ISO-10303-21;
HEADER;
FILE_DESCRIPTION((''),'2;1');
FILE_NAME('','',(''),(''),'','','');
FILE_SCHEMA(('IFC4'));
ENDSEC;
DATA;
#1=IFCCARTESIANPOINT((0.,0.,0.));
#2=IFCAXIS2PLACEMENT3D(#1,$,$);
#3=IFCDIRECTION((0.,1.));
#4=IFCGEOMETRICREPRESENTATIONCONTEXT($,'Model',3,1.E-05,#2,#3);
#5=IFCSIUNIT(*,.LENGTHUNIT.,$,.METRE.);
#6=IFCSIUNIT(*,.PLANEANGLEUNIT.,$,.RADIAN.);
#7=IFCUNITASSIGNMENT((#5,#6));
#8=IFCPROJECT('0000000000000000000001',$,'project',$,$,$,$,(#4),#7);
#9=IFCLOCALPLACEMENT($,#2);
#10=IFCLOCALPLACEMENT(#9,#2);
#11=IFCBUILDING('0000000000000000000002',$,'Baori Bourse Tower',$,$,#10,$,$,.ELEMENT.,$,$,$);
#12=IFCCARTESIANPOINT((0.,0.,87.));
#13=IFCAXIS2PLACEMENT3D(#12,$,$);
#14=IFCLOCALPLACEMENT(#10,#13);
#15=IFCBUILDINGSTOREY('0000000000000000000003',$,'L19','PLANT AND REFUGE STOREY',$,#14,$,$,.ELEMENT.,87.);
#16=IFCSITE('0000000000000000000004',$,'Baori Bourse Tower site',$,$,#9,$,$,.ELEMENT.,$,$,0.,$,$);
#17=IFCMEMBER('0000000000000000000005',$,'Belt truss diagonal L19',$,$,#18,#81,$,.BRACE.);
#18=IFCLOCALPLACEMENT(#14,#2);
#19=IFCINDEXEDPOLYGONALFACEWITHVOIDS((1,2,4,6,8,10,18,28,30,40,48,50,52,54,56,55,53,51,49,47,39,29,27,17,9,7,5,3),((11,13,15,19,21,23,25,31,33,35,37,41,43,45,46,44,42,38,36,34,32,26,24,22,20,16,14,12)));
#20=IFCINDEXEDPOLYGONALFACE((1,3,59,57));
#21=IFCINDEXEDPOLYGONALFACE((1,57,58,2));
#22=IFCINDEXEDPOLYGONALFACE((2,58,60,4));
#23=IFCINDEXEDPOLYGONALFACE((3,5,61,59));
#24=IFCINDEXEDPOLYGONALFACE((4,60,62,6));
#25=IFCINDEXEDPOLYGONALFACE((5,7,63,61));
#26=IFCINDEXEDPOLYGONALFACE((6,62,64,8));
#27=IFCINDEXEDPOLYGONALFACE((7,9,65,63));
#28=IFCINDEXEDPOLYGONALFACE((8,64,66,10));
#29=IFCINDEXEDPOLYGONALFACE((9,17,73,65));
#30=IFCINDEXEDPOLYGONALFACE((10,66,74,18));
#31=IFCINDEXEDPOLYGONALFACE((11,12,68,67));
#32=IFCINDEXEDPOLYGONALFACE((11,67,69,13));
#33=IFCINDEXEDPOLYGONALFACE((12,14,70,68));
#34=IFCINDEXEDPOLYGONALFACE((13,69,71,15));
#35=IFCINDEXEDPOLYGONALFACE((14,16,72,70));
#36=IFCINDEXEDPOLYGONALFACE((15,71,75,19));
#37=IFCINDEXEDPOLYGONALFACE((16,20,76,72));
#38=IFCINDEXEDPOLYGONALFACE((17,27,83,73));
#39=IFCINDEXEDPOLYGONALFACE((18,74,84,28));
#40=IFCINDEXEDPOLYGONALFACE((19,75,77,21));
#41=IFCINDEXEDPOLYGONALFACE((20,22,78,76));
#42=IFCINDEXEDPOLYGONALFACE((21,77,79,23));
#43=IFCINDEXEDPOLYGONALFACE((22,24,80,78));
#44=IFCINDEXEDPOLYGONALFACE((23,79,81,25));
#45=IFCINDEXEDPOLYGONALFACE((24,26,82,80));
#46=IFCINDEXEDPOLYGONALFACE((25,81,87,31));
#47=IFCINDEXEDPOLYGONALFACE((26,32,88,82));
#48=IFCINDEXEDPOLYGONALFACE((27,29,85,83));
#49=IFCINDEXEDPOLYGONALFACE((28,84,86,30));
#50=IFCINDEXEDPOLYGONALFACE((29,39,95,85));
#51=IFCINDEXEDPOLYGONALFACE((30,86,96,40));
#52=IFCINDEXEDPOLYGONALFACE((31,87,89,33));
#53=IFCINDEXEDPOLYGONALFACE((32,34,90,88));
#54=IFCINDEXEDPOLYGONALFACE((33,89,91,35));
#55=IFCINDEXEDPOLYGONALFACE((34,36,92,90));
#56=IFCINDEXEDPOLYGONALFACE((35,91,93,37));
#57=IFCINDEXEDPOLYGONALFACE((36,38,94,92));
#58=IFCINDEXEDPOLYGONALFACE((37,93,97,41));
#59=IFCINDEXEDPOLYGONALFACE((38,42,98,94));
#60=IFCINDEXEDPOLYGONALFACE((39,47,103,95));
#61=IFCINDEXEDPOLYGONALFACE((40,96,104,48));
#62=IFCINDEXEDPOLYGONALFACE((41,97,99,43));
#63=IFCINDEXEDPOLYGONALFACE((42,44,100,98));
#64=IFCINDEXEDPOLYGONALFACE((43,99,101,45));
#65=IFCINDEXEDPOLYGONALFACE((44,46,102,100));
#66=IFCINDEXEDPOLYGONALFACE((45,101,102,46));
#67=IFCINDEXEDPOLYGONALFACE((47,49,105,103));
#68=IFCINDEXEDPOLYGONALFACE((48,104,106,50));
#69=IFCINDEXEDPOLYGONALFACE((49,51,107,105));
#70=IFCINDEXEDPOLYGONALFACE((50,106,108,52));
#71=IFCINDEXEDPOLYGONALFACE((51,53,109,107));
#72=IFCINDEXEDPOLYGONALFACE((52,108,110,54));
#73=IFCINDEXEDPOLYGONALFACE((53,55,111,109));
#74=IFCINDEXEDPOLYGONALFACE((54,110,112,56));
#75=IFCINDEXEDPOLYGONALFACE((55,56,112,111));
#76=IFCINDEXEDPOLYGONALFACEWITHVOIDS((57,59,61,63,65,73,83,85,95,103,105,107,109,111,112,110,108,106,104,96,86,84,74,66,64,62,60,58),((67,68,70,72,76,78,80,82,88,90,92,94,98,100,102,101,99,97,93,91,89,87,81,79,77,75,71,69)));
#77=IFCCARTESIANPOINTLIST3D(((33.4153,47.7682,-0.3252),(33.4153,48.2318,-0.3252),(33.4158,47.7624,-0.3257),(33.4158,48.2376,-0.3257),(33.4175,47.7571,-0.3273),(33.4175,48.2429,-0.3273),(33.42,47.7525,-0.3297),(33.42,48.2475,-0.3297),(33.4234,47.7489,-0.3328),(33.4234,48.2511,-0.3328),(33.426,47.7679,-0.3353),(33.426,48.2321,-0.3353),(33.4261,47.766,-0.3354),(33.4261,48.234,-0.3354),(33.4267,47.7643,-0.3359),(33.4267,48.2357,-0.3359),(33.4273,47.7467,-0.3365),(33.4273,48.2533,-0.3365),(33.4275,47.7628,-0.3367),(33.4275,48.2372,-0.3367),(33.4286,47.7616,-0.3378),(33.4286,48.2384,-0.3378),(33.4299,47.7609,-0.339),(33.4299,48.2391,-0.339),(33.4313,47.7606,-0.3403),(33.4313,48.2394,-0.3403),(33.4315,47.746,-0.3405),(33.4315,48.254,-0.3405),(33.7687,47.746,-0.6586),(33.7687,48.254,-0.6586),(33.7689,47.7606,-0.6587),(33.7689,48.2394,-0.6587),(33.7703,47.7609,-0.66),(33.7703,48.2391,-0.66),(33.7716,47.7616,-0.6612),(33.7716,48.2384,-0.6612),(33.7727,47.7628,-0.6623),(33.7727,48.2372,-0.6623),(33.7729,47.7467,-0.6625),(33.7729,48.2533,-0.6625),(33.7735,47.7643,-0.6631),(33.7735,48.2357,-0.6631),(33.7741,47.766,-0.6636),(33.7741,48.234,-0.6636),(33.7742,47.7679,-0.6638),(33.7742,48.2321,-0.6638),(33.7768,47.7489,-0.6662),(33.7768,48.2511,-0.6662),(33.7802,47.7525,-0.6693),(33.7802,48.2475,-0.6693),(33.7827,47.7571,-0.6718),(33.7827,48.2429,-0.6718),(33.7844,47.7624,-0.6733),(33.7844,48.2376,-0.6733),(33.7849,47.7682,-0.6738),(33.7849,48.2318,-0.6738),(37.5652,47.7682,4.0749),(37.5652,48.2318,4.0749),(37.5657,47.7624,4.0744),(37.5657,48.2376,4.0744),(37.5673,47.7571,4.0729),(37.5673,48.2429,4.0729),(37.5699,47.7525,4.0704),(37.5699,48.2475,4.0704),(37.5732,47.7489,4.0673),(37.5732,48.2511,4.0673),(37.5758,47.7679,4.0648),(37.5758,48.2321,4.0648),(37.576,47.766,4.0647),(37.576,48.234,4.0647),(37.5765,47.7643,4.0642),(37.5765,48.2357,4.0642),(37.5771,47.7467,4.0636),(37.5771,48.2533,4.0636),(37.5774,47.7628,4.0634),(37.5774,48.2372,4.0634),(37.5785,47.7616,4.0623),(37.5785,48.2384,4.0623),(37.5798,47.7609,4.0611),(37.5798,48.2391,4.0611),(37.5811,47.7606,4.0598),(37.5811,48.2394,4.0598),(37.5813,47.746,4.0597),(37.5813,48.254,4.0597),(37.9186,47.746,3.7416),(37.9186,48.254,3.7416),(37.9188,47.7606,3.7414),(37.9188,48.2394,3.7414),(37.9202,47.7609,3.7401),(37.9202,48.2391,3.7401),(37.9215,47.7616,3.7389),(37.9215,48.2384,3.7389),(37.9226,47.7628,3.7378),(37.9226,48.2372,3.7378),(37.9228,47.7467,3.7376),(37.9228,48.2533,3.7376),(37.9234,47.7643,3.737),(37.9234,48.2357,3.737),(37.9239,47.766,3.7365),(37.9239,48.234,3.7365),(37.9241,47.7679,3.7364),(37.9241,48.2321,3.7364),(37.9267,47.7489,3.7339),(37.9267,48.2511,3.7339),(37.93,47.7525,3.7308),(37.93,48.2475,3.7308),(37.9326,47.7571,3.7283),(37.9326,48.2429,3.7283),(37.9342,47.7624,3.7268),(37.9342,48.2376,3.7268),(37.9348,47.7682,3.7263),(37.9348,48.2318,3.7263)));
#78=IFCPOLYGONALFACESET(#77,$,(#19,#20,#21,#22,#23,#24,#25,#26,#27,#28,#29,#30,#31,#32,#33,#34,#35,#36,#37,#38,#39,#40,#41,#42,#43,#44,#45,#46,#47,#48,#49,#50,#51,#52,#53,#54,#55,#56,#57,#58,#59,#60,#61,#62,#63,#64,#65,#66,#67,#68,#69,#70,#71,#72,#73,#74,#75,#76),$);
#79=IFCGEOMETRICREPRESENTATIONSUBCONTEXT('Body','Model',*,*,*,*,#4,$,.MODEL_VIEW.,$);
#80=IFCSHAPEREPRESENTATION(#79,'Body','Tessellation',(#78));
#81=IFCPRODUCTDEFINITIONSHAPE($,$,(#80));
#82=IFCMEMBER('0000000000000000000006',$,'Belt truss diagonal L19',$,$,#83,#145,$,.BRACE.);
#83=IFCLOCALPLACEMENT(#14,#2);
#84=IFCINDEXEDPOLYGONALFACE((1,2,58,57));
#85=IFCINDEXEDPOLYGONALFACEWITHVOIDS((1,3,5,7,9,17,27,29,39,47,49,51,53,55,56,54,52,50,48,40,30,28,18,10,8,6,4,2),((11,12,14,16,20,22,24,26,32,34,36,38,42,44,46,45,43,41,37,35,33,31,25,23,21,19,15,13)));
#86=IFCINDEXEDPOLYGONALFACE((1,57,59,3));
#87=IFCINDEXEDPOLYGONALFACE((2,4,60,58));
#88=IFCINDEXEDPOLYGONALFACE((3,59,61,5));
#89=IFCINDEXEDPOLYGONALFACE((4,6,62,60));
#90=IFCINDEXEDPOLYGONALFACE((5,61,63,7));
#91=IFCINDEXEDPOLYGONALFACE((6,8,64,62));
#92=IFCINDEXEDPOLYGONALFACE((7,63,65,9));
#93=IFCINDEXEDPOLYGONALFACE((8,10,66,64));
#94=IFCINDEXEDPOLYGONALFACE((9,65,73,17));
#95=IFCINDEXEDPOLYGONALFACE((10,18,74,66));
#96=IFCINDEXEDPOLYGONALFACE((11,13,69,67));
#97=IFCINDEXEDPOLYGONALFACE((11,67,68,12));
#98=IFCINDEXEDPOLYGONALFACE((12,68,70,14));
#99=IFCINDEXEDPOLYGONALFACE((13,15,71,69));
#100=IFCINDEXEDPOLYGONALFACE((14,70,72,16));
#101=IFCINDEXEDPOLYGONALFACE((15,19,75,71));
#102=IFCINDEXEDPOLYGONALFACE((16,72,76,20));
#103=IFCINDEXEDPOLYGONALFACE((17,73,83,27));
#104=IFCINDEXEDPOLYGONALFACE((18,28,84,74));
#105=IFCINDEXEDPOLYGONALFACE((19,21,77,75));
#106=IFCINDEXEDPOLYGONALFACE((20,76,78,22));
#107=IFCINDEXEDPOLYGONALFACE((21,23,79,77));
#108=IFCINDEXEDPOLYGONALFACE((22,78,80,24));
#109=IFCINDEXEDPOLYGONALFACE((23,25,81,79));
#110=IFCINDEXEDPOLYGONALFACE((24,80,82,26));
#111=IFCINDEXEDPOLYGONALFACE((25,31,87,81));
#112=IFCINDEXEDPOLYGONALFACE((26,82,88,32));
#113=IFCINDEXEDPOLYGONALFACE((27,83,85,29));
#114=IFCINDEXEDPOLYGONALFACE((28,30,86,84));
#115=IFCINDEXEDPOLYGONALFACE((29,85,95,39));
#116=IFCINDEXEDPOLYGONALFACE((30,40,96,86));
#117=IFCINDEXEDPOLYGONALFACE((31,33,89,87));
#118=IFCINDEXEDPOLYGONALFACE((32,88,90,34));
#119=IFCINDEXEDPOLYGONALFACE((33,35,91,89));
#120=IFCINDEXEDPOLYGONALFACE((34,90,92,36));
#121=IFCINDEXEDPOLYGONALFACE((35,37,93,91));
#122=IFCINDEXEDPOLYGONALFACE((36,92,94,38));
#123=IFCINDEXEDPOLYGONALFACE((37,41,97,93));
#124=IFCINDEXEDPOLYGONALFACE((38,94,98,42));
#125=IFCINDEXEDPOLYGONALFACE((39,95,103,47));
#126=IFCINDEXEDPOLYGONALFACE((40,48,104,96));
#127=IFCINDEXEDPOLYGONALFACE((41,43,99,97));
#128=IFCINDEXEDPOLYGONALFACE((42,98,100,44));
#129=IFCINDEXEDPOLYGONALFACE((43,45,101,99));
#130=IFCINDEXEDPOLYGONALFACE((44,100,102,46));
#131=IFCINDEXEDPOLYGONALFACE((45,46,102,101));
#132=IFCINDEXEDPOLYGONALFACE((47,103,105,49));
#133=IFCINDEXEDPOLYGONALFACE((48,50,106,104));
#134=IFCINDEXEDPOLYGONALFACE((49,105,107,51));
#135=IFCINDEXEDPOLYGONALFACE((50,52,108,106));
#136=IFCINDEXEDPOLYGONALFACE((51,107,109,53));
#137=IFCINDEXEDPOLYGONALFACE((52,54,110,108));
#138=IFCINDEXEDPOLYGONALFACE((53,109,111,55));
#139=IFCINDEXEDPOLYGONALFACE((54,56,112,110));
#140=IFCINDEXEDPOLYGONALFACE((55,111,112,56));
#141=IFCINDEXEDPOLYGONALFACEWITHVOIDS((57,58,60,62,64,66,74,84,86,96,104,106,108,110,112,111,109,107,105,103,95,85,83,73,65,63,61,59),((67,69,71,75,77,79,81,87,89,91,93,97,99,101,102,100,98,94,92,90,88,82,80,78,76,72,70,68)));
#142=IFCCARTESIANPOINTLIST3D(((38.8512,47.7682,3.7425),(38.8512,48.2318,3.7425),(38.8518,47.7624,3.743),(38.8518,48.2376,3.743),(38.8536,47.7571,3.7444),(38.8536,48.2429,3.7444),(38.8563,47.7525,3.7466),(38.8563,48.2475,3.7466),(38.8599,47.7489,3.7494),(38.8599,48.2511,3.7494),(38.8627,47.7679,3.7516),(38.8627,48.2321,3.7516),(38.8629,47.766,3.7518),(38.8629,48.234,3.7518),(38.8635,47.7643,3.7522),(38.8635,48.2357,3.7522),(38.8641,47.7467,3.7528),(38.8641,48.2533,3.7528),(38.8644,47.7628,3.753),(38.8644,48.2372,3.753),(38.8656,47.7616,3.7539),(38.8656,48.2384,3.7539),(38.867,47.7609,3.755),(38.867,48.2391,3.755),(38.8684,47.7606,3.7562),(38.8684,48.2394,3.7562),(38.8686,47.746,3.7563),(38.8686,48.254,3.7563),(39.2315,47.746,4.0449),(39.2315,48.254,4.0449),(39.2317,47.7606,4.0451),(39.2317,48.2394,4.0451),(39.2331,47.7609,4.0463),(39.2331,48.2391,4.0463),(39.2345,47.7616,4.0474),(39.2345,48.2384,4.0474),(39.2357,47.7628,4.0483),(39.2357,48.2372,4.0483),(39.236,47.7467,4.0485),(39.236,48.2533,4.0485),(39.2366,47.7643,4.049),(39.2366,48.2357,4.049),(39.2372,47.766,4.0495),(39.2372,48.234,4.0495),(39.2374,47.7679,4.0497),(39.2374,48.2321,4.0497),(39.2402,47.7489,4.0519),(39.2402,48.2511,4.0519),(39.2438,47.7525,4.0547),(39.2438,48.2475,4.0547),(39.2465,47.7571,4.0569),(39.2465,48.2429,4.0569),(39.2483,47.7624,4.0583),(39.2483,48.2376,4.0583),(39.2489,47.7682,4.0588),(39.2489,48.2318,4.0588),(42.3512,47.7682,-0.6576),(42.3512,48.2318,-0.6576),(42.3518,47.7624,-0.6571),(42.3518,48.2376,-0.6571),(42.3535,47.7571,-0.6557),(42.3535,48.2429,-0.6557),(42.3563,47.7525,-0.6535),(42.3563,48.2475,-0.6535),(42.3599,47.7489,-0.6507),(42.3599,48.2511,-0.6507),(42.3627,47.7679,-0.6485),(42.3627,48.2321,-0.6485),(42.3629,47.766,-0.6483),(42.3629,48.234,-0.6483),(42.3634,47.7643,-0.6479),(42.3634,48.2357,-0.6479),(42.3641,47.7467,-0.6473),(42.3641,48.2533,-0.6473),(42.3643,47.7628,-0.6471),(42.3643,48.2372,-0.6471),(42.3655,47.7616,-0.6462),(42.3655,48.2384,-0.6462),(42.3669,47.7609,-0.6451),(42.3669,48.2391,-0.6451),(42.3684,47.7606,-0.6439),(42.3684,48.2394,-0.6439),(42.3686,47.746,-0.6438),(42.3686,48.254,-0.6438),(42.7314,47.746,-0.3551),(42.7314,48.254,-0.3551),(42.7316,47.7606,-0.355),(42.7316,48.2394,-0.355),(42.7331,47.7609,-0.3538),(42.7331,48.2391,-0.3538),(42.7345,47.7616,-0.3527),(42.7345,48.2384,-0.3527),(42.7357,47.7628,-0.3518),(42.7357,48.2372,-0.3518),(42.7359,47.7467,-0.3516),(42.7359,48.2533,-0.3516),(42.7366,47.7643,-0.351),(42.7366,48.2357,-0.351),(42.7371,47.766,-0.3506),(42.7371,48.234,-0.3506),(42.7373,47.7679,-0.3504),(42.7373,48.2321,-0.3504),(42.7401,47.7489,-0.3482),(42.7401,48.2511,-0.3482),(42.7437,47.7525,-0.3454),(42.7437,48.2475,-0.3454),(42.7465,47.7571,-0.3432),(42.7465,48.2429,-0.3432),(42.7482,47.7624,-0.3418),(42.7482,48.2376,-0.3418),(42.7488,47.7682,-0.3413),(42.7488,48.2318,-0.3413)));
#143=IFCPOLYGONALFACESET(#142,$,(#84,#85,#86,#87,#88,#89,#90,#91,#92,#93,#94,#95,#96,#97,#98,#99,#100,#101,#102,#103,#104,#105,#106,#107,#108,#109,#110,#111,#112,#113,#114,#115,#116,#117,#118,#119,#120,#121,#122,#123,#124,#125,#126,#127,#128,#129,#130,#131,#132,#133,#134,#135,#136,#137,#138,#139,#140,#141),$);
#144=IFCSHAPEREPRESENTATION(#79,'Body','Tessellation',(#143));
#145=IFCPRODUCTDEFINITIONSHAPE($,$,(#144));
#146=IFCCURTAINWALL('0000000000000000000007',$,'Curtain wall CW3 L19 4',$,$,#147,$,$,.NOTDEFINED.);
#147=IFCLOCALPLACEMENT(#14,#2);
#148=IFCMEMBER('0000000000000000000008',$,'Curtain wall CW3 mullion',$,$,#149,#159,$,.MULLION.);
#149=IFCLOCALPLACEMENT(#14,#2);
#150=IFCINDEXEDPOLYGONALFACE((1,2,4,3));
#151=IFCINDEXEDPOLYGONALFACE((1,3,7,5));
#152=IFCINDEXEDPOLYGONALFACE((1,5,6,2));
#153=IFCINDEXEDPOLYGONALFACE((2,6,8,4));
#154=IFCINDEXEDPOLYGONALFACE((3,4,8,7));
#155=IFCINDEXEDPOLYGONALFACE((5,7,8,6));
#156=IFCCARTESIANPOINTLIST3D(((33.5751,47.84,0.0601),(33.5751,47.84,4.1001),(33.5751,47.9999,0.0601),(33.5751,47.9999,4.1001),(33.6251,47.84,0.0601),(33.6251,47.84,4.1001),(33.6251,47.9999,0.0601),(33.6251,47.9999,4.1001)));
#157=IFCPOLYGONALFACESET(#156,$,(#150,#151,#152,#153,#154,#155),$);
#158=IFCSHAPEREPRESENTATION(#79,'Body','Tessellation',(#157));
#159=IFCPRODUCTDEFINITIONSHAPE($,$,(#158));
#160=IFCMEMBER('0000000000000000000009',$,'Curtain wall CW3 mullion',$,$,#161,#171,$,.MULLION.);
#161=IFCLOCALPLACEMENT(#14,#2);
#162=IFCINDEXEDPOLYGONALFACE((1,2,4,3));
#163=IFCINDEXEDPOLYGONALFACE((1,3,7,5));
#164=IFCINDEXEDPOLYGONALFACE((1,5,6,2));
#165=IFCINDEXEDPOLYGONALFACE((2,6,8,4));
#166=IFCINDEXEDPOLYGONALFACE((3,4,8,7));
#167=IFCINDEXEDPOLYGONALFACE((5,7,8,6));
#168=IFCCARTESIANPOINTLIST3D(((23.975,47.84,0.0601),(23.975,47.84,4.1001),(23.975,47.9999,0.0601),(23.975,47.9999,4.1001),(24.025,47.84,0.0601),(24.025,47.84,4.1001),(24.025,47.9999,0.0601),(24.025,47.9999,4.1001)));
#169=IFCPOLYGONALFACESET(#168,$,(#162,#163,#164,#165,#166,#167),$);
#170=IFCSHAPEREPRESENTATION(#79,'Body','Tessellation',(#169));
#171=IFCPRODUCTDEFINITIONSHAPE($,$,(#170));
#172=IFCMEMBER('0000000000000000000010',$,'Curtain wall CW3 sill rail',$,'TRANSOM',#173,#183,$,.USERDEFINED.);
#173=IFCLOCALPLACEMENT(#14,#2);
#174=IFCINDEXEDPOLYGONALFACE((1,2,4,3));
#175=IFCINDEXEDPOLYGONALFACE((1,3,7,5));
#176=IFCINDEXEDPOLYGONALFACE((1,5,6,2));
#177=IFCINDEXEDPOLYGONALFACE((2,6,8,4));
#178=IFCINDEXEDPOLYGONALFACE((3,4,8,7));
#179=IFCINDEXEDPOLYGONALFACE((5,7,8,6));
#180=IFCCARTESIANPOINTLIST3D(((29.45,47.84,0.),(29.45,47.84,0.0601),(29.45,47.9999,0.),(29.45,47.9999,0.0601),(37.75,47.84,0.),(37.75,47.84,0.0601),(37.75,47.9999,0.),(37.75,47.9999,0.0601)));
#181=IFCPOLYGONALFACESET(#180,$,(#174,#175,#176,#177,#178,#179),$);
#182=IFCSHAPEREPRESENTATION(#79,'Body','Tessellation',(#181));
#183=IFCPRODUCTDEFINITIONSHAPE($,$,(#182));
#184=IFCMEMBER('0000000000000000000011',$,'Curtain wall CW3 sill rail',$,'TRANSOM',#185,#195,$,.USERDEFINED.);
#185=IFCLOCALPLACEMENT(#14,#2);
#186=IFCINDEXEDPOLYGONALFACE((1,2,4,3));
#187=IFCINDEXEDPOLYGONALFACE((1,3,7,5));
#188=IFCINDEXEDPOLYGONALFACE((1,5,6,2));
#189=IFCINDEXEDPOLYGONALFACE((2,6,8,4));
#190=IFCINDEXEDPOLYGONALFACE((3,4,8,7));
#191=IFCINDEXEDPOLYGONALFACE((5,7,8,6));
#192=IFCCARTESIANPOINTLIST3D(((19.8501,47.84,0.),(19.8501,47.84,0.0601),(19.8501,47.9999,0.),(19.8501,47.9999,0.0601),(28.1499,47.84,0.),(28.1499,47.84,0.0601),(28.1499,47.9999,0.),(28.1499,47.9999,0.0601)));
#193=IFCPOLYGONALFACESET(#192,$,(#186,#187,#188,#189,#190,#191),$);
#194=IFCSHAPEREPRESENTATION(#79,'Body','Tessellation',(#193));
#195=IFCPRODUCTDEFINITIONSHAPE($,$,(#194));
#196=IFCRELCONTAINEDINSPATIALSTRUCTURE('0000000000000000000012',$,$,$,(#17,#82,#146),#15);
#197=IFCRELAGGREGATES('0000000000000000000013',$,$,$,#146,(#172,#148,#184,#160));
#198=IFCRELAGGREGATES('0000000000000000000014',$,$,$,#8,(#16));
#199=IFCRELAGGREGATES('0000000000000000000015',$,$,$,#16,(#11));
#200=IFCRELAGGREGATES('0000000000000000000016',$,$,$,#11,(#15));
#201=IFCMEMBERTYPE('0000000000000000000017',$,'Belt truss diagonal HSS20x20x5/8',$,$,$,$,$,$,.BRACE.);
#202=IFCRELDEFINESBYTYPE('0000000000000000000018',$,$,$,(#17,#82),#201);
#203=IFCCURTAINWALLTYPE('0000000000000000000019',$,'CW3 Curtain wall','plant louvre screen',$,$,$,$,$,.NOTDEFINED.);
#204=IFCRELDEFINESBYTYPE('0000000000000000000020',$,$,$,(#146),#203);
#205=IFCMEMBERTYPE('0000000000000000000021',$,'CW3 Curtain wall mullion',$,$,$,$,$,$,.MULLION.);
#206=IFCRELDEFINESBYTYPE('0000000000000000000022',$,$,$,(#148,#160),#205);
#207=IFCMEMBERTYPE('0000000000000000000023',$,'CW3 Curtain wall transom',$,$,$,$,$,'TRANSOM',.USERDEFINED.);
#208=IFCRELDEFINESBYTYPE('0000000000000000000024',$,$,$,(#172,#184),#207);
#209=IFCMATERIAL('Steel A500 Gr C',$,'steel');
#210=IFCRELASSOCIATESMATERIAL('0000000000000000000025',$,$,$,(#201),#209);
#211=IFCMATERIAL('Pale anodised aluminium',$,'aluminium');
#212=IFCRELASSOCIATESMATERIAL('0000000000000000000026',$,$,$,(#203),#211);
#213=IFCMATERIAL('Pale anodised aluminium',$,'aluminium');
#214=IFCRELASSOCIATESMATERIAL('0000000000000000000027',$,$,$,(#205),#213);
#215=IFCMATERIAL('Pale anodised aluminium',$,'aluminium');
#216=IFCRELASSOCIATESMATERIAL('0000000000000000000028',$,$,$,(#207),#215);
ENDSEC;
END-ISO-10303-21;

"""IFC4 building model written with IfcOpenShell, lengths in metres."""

from ifc_helpers import new_model, si_unit, direction, frame, origin, origin_2d, place, context, subcontext, project, spatial, rectangle, hollow_rectangle, extrude, material, material_profile, profile_set, type_object, element, aggregate, save


model = new_model("IFC4")

# Units and contexts
model_context = context("Model", 3, precision=1e-05, world=origin(), true_north=direction((0.0, 1.0)))
body_context = subcontext(model_context, "Body", "Model", "MODEL_VIEW")
ifc_project = project(units=[si_unit("LENGTHUNIT", "METRE"), si_unit("PLANEANGLEUNIT", "RADIAN")], contexts=[model_context])

# Site, building, storey
site_placement = place(None, origin())
site = spatial("IfcSite", under=ifc_project, at=site_placement, Name="Baori Bourse Tower site", CompositionType="ELEMENT", RefElevation=0.0)
building_placement = place(site_placement, origin())
building = spatial("IfcBuilding", under=site, at=building_placement, Name="Baori Bourse Tower", CompositionType="ELEMENT")
storey_placement = place(building_placement, frame((0.0, 0.0, 87.0)))
storey = spatial("IfcBuildingStorey", under=building, at=storey_placement, Name="L19", Description="PLANT AND REFUGE STOREY", CompositionType="ELEMENT", Elevation=87.0)

# Members
ifc_material_1 = material(Name="Steel A500 Gr C", Category="steel")
ifc_material_profile_1 = material_profile(ifc_material_1, hollow_rectangle(XDim=0.5081, YDim=0.5081, WallThickness=0.0146, InnerFilletRadius=0.0073, OuterFilletRadius=0.0222, at=origin_2d()), Name="HSS20x20x5/8")
ifc_profile_set_1 = profile_set([ifc_material_profile_1], Name="Steel A500 Gr C")
member_type_1 = type_object("IfcMemberType", Name="Belt truss diagonal HSS20x20x5/8", PredefinedType="BRACE", material=ifc_profile_set_1)
member_1_placement = place(storey_placement, frame((33.6001, 48.0, -0.4995), z_axis=(0.686117, 0.0, 0.727491), x_axis=(0.0, 1.0, 0.0)))
element("IfcMember", 1, at=member_1_placement, inside=storey, type_object=member_type_1, Name="Belt truss diagonal L19", PredefinedType="BRACE", context=body_context, shape_type="SweptSolid", body=[
    extrude(hollow_rectangle(XDim=0.5081, YDim=0.5081, WallThickness=0.0146, InnerFilletRadius=0.0073, OuterFilletRadius=0.0222, at=origin_2d()), origin(), (0.0, 0.0, 1.0), 6.0483),
])
member_2_placement = place(storey_placement, frame((39.05, 48.0, 3.9006), z_axis=(0.622511, 0.0, -0.782611), x_axis=(0.0, 1.0, 0.0)))
element("IfcMember", 2, at=member_2_placement, inside=storey, type_object=member_type_1, Name="Belt truss diagonal L19", PredefinedType="BRACE", context=body_context, shape_type="SweptSolid", body=[
    extrude(hollow_rectangle(XDim=0.5081, YDim=0.5081, WallThickness=0.0146, InnerFilletRadius=0.0073, OuterFilletRadius=0.0222, at=origin_2d()), origin(), (0.0, 0.0, 1.0), 5.6223),
])

# Curtain wall, members
ifc_material_2 = material(Name="Pale anodised aluminium", Category="aluminium")
curtain_wall_type = type_object("IfcCurtainWallType", Name="CW3 Curtain wall", Description="plant louvre screen", PredefinedType="NOTDEFINED", material=ifc_material_2)
curtain_wall_placement = place(storey_placement, origin())
curtain_wall = element("IfcCurtainWall", 3, at=curtain_wall_placement, inside=storey, type_object=curtain_wall_type, Name="Curtain wall CW3 L19 4", PredefinedType="NOTDEFINED")
ifc_material_3 = material(Name="Pale anodised aluminium", Category="aluminium")
ifc_material_profile_2 = material_profile(ifc_material_3, rectangle(XDim=0.1599, YDim=0.05, at=origin_2d()), Name="Mullion 50x160")
ifc_profile_set_2 = profile_set([ifc_material_profile_2], Name="Pale anodised aluminium")
member_type_2 = type_object("IfcMemberType", Name="CW3 Curtain wall mullion", PredefinedType="MULLION", material=ifc_profile_set_2)
member_3_placement = place(storey_placement, frame((33.6001, 47.9199, 0.0601), z_axis=(0.0, 0.0, 1.0), x_axis=(0.0, -1.0, 0.0)))
member_3 = element("IfcMember", 4, at=member_3_placement, type_object=member_type_2, Name="Curtain wall CW3 mullion", PredefinedType="MULLION", context=body_context, shape_type="SweptSolid", body=[
    extrude(rectangle(XDim=0.1599, YDim=0.05, at=origin_2d()), origin(), (0.0, 0.0, 1.0), 4.04),
])
member_4_placement = place(storey_placement, frame((24.0, 47.9199, 0.0601), z_axis=(0.0, 0.0, 1.0), x_axis=(0.0, -1.0, 0.0)))
member_4 = element("IfcMember", 5, at=member_4_placement, type_object=member_type_2, Name="Curtain wall CW3 mullion", PredefinedType="MULLION", context=body_context, shape_type="SweptSolid", body=[
    extrude(rectangle(XDim=0.1599, YDim=0.05, at=origin_2d()), origin(), (0.0, 0.0, 1.0), 4.04),
])
ifc_material_4 = material(Name="Pale anodised aluminium", Category="aluminium")
ifc_material_profile_3 = material_profile(ifc_material_4, rectangle(XDim=0.1599, YDim=0.0601, at=origin_2d()), Name="Transom 60x160")
ifc_profile_set_3 = profile_set([ifc_material_profile_3], Name="Pale anodised aluminium")
member_type_3 = type_object("IfcMemberType", Name="CW3 Curtain wall transom", ElementType="TRANSOM", PredefinedType="USERDEFINED", material=ifc_profile_set_3)
member_5_placement = place(storey_placement, frame((37.75, 47.9199, 0.03), z_axis=(-1.0, 0.0, 0.0), x_axis=(0.0, -1.0, 0.0)))
member_5 = element("IfcMember", 6, at=member_5_placement, type_object=member_type_3, Name="Curtain wall CW3 sill rail", ObjectType="TRANSOM", PredefinedType="USERDEFINED", context=body_context, shape_type="SweptSolid", body=[
    extrude(rectangle(XDim=0.1599, YDim=0.0601, at=origin_2d()), origin(), (0.0, 0.0, 1.0), 8.3),
])
member_6_placement = place(storey_placement, frame((28.1499, 47.9199, 0.03), z_axis=(-1.0, 0.0, 0.0), x_axis=(0.0, -1.0, 0.0)))
member_6 = element("IfcMember", 7, at=member_6_placement, type_object=member_type_3, Name="Curtain wall CW3 sill rail", ObjectType="TRANSOM", PredefinedType="USERDEFINED", context=body_context, shape_type="SweptSolid", body=[
    extrude(rectangle(XDim=0.1599, YDim=0.0601, at=origin_2d()), origin(), (0.0, 0.0, 1.0), 8.2998),
])
aggregate(curtain_wall, [member_5, member_3, member_6, member_4])

save(model, "model.ifc")
